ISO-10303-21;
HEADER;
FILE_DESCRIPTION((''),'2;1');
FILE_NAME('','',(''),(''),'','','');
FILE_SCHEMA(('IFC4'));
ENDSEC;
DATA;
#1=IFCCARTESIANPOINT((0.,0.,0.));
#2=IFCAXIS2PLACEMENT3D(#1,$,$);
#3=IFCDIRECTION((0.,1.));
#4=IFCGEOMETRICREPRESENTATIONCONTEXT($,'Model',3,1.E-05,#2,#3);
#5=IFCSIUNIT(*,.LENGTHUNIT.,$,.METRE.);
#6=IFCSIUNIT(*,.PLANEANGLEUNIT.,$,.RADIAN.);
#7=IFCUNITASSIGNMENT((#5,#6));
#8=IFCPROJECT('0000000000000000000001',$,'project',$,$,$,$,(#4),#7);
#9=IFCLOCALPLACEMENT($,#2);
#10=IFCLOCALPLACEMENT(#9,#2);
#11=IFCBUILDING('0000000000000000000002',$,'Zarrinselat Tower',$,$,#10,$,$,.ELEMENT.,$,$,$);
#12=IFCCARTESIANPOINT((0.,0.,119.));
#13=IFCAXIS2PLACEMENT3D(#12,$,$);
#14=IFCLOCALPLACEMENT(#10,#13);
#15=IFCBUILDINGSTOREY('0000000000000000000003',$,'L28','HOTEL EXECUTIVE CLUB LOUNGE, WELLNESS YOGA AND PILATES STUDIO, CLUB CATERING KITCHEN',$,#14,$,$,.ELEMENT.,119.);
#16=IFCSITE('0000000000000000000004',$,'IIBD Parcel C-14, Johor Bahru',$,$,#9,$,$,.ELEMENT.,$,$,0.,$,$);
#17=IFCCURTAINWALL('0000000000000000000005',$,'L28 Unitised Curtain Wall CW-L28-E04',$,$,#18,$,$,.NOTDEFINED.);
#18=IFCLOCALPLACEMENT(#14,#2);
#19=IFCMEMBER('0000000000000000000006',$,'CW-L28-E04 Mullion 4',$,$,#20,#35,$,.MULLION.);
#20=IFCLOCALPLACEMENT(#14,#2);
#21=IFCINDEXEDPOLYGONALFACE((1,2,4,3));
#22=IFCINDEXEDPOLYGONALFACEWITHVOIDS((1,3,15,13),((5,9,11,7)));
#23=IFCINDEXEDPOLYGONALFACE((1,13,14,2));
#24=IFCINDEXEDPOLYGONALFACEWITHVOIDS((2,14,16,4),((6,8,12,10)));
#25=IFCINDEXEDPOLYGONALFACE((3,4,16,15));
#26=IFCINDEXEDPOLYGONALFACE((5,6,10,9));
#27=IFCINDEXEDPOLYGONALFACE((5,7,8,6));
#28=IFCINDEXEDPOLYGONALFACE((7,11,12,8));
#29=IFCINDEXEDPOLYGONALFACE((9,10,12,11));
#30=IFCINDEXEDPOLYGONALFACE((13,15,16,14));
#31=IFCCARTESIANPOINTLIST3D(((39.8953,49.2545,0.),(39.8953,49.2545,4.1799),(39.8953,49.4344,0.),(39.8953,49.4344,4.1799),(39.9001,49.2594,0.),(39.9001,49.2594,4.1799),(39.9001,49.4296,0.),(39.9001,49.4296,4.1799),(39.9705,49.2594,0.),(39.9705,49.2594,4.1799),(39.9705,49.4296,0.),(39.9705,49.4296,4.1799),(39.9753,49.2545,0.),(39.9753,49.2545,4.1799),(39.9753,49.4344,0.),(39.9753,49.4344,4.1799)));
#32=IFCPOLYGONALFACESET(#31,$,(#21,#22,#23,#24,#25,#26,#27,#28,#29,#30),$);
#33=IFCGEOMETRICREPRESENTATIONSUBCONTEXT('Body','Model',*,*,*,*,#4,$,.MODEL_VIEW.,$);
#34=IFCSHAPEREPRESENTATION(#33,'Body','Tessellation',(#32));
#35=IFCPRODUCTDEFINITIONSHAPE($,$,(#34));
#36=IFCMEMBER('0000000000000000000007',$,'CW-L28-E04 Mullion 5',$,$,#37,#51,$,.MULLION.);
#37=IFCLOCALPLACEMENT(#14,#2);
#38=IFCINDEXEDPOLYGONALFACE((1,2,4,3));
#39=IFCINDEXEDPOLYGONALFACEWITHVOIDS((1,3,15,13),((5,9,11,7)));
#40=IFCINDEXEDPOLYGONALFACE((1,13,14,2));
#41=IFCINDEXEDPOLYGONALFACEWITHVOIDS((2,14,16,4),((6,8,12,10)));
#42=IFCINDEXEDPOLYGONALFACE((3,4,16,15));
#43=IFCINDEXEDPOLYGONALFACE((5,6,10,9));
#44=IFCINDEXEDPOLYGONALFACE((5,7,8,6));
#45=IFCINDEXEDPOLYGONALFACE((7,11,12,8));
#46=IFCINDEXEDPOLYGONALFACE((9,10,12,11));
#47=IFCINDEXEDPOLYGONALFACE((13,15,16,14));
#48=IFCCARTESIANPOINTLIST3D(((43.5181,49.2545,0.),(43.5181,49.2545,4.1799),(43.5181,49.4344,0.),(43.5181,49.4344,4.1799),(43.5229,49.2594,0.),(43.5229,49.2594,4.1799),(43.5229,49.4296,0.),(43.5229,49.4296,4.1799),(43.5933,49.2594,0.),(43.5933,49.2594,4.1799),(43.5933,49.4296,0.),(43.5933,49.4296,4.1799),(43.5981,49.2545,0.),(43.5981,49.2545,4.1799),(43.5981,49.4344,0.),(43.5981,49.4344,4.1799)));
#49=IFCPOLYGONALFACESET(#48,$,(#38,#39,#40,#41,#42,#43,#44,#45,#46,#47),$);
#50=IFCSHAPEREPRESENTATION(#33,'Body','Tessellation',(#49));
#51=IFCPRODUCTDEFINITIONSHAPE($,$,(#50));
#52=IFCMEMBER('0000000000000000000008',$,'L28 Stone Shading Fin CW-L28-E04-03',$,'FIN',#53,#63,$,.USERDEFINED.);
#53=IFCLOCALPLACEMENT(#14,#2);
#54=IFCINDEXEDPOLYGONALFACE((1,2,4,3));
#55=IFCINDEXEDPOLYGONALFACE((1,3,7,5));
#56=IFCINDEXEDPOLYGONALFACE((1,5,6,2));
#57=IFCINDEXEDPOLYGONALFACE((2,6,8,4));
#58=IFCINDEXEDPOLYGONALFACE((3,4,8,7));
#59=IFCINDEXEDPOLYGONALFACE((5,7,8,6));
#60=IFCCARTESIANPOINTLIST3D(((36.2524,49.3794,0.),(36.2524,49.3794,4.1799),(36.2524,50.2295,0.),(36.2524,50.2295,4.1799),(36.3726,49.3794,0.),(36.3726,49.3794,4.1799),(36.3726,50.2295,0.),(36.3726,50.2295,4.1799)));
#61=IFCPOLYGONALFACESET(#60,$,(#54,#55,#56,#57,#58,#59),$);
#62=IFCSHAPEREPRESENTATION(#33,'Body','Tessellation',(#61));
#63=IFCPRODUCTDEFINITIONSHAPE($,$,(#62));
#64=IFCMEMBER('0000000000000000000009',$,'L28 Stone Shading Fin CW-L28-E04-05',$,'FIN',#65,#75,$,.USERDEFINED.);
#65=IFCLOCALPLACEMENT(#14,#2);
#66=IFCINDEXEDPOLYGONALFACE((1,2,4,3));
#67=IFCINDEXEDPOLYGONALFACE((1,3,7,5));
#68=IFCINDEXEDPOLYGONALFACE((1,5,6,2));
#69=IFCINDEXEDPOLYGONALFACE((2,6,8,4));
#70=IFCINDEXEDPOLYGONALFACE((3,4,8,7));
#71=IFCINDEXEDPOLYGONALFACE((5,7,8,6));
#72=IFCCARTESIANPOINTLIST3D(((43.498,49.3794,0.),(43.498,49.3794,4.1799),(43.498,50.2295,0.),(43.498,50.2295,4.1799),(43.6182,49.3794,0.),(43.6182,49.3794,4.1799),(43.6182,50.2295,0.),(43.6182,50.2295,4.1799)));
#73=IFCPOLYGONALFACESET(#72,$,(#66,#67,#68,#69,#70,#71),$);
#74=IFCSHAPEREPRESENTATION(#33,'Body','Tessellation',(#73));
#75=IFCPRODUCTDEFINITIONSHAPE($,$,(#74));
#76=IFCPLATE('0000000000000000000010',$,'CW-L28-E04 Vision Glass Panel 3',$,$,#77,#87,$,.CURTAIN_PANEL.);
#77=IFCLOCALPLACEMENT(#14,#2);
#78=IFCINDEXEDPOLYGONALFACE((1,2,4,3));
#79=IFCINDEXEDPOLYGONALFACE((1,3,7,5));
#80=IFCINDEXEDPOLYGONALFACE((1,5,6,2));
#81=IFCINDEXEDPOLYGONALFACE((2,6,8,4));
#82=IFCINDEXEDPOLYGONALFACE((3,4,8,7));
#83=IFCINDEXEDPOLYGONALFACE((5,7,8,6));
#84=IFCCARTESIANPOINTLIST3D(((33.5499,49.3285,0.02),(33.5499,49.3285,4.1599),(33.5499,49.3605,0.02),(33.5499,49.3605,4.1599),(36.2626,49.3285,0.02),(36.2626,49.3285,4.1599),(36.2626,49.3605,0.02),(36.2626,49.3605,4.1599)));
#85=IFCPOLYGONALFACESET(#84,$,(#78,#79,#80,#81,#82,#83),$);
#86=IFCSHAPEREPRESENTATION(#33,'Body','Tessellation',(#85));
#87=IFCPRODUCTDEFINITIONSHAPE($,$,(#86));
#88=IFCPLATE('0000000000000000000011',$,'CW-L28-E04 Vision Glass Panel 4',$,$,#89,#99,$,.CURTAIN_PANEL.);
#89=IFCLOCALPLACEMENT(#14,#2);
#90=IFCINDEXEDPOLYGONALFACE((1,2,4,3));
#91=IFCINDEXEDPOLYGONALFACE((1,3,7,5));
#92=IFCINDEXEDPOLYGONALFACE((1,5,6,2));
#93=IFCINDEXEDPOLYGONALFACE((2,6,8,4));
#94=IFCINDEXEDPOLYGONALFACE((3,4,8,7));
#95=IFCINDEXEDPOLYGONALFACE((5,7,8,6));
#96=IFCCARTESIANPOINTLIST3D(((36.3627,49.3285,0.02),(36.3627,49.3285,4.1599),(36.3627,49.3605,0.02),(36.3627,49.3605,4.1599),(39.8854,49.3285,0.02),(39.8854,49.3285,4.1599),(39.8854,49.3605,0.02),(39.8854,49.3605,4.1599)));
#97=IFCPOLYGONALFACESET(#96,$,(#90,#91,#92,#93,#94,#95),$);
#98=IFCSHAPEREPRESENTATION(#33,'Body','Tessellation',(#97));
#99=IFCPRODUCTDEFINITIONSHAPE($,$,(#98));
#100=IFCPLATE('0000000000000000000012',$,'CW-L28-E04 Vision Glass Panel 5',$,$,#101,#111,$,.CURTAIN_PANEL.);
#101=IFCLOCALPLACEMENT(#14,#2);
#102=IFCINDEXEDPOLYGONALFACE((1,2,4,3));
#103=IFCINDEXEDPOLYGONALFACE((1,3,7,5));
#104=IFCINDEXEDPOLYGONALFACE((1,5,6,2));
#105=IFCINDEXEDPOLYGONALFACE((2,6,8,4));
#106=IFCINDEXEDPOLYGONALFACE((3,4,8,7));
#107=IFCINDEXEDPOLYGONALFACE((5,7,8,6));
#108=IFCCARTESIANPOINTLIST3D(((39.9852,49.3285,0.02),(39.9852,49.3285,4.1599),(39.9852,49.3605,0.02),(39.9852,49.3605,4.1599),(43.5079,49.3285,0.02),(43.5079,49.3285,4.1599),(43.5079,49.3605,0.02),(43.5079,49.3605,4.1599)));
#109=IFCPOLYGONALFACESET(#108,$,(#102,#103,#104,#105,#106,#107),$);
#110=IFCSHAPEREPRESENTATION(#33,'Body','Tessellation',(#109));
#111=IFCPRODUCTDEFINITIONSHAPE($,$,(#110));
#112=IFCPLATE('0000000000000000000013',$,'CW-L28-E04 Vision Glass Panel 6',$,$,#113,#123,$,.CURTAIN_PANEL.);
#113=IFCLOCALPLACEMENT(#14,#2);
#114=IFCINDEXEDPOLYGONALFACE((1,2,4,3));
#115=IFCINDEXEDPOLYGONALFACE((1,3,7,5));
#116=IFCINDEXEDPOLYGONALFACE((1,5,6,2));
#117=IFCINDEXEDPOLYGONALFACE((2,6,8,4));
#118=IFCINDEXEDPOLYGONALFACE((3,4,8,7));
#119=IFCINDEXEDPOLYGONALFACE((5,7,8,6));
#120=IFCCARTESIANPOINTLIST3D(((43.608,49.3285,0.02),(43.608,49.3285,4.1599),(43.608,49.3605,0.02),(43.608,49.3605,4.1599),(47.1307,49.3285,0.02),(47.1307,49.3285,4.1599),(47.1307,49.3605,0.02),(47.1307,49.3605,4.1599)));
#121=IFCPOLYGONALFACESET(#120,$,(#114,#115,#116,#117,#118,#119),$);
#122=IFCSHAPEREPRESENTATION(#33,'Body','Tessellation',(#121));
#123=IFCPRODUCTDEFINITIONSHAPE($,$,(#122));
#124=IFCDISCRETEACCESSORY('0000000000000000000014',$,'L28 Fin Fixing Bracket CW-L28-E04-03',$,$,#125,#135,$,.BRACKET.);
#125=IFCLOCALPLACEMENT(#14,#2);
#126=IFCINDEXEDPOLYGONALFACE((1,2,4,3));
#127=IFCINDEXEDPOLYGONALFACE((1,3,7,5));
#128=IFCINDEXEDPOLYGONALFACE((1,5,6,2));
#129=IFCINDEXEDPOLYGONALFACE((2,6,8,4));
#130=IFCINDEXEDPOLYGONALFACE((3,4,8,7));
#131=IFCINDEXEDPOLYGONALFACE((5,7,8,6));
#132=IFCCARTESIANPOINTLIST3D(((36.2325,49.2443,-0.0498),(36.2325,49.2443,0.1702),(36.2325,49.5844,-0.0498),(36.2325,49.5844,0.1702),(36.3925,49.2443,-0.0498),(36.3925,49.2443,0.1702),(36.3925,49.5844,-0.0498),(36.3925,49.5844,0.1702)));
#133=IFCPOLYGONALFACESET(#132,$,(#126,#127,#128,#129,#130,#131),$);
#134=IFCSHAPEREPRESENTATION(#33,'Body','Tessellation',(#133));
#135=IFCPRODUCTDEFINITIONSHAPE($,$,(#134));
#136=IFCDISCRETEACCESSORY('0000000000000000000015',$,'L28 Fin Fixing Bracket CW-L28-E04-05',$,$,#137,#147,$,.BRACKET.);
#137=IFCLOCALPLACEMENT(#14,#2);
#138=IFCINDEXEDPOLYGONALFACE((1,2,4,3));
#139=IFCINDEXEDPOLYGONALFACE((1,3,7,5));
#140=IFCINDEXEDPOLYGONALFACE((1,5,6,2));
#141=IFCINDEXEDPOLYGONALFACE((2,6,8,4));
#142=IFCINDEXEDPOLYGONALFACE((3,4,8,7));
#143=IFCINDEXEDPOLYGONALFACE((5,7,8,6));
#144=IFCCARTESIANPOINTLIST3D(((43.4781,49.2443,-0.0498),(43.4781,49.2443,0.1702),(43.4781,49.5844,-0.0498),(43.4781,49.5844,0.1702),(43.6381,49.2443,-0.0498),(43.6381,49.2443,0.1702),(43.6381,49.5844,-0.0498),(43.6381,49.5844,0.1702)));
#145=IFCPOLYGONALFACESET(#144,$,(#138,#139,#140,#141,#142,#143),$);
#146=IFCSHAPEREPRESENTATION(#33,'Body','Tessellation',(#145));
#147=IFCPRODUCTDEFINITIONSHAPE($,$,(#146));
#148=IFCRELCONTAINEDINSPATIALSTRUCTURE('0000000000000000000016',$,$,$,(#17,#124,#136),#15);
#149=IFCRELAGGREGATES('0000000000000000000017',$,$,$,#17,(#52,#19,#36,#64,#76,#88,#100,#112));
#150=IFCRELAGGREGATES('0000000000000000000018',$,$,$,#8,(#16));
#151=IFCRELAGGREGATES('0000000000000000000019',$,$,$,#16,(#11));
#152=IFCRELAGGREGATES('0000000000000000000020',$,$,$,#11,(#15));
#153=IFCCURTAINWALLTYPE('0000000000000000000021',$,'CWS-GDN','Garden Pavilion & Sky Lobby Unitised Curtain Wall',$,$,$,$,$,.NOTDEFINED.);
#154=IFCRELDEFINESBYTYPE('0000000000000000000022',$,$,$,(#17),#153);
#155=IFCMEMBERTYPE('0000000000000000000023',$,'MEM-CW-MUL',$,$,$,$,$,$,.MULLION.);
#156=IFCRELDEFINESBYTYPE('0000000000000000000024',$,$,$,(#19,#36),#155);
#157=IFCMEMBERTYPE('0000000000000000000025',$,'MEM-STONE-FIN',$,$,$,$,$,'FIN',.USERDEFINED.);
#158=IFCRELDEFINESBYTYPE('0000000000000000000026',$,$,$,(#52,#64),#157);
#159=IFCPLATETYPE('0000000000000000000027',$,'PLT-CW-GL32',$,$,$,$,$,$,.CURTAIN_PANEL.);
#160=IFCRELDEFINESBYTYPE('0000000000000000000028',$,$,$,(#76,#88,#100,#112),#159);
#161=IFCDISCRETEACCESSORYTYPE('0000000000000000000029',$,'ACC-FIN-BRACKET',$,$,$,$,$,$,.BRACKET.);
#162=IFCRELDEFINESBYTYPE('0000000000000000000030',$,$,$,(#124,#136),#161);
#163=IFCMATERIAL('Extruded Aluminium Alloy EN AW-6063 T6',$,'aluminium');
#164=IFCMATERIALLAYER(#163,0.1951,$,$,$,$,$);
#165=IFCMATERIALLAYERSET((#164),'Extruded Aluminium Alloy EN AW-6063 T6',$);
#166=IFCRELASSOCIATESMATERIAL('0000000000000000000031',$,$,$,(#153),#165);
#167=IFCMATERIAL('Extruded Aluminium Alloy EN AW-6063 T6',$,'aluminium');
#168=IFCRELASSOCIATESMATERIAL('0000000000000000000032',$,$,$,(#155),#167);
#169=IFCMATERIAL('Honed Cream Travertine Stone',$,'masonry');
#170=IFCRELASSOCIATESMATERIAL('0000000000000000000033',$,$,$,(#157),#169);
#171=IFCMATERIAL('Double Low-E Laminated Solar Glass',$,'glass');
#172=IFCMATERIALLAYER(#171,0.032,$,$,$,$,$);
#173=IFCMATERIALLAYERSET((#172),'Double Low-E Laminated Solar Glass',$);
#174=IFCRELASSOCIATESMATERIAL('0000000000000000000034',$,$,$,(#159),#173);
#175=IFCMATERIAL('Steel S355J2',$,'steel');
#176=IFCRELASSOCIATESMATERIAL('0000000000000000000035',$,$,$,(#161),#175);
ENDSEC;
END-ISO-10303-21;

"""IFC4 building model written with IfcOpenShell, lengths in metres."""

from ifc_helpers import new_model, si_unit, direction, frame, origin, origin_2d, place, context, subcontext, project, spatial, rectangle, hollow_rectangle, extrude, material, layer, layer_set, material_profile, profile_set, type_object, element, aggregate, save


model = new_model("IFC4")

# Units and contexts
model_context = context("Model", 3, precision=1e-05, world=origin(), true_north=direction((0.0, 1.0)))
body_context = subcontext(model_context, "Body", "Model", "MODEL_VIEW")
ifc_project = project(units=[si_unit("LENGTHUNIT", "METRE"), si_unit("PLANEANGLEUNIT", "RADIAN")], contexts=[model_context])

# Site, building, storey
site_placement = place(None, origin())
site = spatial("IfcSite", under=ifc_project, at=site_placement, Name="IIBD Parcel C-14, Johor Bahru", CompositionType="ELEMENT", RefElevation=0.0)
building_placement = place(site_placement, origin())
building = spatial("IfcBuilding", under=site, at=building_placement, Name="Zarrinselat Tower", CompositionType="ELEMENT")
storey_placement = place(building_placement, frame((0.0, 0.0, 119.0)))
storey = spatial("IfcBuildingStorey", under=building, at=storey_placement, Name="L28", Description="HOTEL EXECUTIVE CLUB LOUNGE, WELLNESS YOGA AND PILATES STUDIO, CLUB CATERING KITCHEN", CompositionType="ELEMENT", Elevation=119.0)

# Curtain wall, members, plates
ifc_material_1 = material(Name="Extruded Aluminium Alloy EN AW-6063 T6", Category="aluminium")
ifc_layer_1 = layer(ifc_material_1, 0.1951)
ifc_layer_set_1 = layer_set([ifc_layer_1], Name="Extruded Aluminium Alloy EN AW-6063 T6")
curtain_wall_type = type_object("IfcCurtainWallType", Name="CWS-GDN", Description="Garden Pavilion & Sky Lobby Unitised Curtain Wall", PredefinedType="NOTDEFINED", material=ifc_layer_set_1)
curtain_wall_placement = place(storey_placement, origin())
curtain_wall = element("IfcCurtainWall", 1, at=curtain_wall_placement, inside=storey, type_object=curtain_wall_type, Name="L28 Unitised Curtain Wall CW-L28-E04", PredefinedType="NOTDEFINED")
ifc_material_2 = material(Name="Extruded Aluminium Alloy EN AW-6063 T6", Category="aluminium")
ifc_material_profile_1 = material_profile(ifc_material_2, hollow_rectangle(XDim=0.0801, YDim=0.1799, WallThickness=0.0049, at=origin_2d()), Name="RHS 180x80x5")
ifc_profile_set_1 = profile_set([ifc_material_profile_1], Name="Extruded Aluminium Alloy EN AW-6063 T6")
member_type_1 = type_object("IfcMemberType", Name="MEM-CW-MUL", PredefinedType="MULLION", material=ifc_profile_set_1)
member_1_placement = place(storey_placement, frame((39.9353, 49.3445, 0.0), z_axis=(0.0, 0.0, 1.0), x_axis=(1.0, 0.0, 0.0)))
member_1 = element("IfcMember", 2, at=member_1_placement, type_object=member_type_1, Name="CW-L28-E04 Mullion 4", PredefinedType="MULLION", context=body_context, shape_type="SweptSolid", body=[
    extrude(hollow_rectangle(XDim=0.0801, YDim=0.1799, WallThickness=0.0049, at=origin_2d()), origin(), (0.0, 0.0, 1.0), 4.1799),
])
member_2_placement = place(storey_placement, frame((43.5581, 49.3445, 0.0), z_axis=(0.0, 0.0, 1.0), x_axis=(1.0, 0.0, 0.0)))
member_2 = element("IfcMember", 3, at=member_2_placement, type_object=member_type_1, Name="CW-L28-E04 Mullion 5", PredefinedType="MULLION", context=body_context, shape_type="SweptSolid", body=[
    extrude(hollow_rectangle(XDim=0.0801, YDim=0.1799, WallThickness=0.0049, at=origin_2d()), origin(), (0.0, 0.0, 1.0), 4.1799),
])
ifc_material_3 = material(Name="Honed Cream Travertine Stone", Category="masonry")
ifc_material_profile_2 = material_profile(ifc_material_3, rectangle(XDim=0.1201, YDim=0.8501, at=origin_2d()), Name="FIN 850x120")
ifc_profile_set_2 = profile_set([ifc_material_profile_2], Name="Honed Cream Travertine Stone")
member_type_2 = type_object("IfcMemberType", Name="MEM-STONE-FIN", ElementType="FIN", PredefinedType="USERDEFINED", material=ifc_profile_set_2)
member_3_placement = place(storey_placement, frame((36.3125, 49.8044, 0.0), z_axis=(0.0, 0.0, 1.0), x_axis=(1.0, 0.0, 0.0)))
member_3 = element("IfcMember", 4, at=member_3_placement, type_object=member_type_2, Name="L28 Stone Shading Fin CW-L28-E04-03", ObjectType="FIN", PredefinedType="USERDEFINED", context=body_context, shape_type="SweptSolid", body=[
    extrude(rectangle(XDim=0.1201, YDim=0.8501, at=origin_2d()), origin(), (0.0, 0.0, 1.0), 4.1799),
])
member_4_placement = place(storey_placement, frame((43.5581, 49.8044, 0.0), z_axis=(0.0, 0.0, 1.0), x_axis=(1.0, 0.0, 0.0)))
member_4 = element("IfcMember", 5, at=member_4_placement, type_object=member_type_2, Name="L28 Stone Shading Fin CW-L28-E04-05", ObjectType="FIN", PredefinedType="USERDEFINED", context=body_context, shape_type="SweptSolid", body=[
    extrude(rectangle(XDim=0.1201, YDim=0.8501, at=origin_2d()), origin(), (0.0, 0.0, 1.0), 4.1799),
])
ifc_material_4 = material(Name="Double Low-E Laminated Solar Glass", Category="glass")
ifc_layer_2 = layer(ifc_material_4, 0.032)
ifc_layer_set_2 = layer_set([ifc_layer_2], Name="Double Low-E Laminated Solar Glass")
plate_type = type_object("IfcPlateType", Name="PLT-CW-GL32", PredefinedType="CURTAIN_PANEL", material=ifc_layer_set_2)
plate_1_placement = place(storey_placement, frame((34.9062, 49.3445, 0.02), z_axis=(0.0, 0.0, 1.0), x_axis=(1.0, 0.0, 0.0)))
plate_1 = element("IfcPlate", 6, at=plate_1_placement, type_object=plate_type, Name="CW-L28-E04 Vision Glass Panel 3", PredefinedType="CURTAIN_PANEL", context=body_context, shape_type="SweptSolid", body=[
    extrude(rectangle(XDim=2.7126, YDim=0.032, at=origin_2d()), origin(), (0.0, 0.0, 1.0), 4.1399),
])
plate_2_placement = place(storey_placement, frame((38.124, 49.3445, 0.02), z_axis=(0.0, 0.0, 1.0), x_axis=(1.0, 0.0, 0.0)))
plate_2 = element("IfcPlate", 7, at=plate_2_placement, type_object=plate_type, Name="CW-L28-E04 Vision Glass Panel 4", PredefinedType="CURTAIN_PANEL", context=body_context, shape_type="SweptSolid", body=[
    extrude(rectangle(XDim=3.5227, YDim=0.032, at=origin_2d()), origin(), (0.0, 0.0, 1.0), 4.1399),
])
plate_3_placement = place(storey_placement, frame((41.7466, 49.3445, 0.02), z_axis=(0.0, 0.0, 1.0), x_axis=(1.0, 0.0, 0.0)))
plate_3 = element("IfcPlate", 8, at=plate_3_placement, type_object=plate_type, Name="CW-L28-E04 Vision Glass Panel 5", PredefinedType="CURTAIN_PANEL", context=body_context, shape_type="SweptSolid", body=[
    extrude(rectangle(XDim=3.5227, YDim=0.032, at=origin_2d()), origin(), (0.0, 0.0, 1.0), 4.1399),
])
plate_4_placement = place(storey_placement, frame((45.3694, 49.3445, 0.02), z_axis=(0.0, 0.0, 1.0), x_axis=(1.0, 0.0, 0.0)))
plate_4 = element("IfcPlate", 9, at=plate_4_placement, type_object=plate_type, Name="CW-L28-E04 Vision Glass Panel 6", PredefinedType="CURTAIN_PANEL", context=body_context, shape_type="SweptSolid", body=[
    extrude(rectangle(XDim=3.5227, YDim=0.032, at=origin_2d()), origin(), (0.0, 0.0, 1.0), 4.1399),
])
aggregate(curtain_wall, [member_3, member_1, member_2, member_4, plate_1, plate_2, plate_3, plate_4])

# Discrete accessories
ifc_material_5 = material(Name="Steel S355J2", Category="steel")
discrete_accessory_type = type_object("IfcDiscreteAccessoryType", Name="ACC-FIN-BRACKET", PredefinedType="BRACKET", material=ifc_material_5)
for number, where, z_axis, x_axis, name in (
    (10, (36.3125, 49.4143, -0.0498), (0.0, 0.0, 1.0), (0.0, 1.0, 0.0), "L28 Fin Fixing Bracket CW-L28-E04-03"),
    (11, (43.5581, 49.4143, -0.0498), (0.0, 0.0, 1.0), (0.0, 1.0, 0.0), "L28 Fin Fixing Bracket CW-L28-E04-05"),
):
    element("IfcDiscreteAccessory", number, at=place(storey_placement, frame(where, z_axis=z_axis, x_axis=x_axis)), inside=storey, type_object=discrete_accessory_type, Name=name, PredefinedType="BRACKET", context=body_context, shape_type="SweptSolid", body=[
        extrude(rectangle(XDim=0.3401, YDim=0.1599, at=origin_2d()), origin(), (0.0, 0.0, 1.0), 0.22),
    ])

save(model, "model.ifc")
